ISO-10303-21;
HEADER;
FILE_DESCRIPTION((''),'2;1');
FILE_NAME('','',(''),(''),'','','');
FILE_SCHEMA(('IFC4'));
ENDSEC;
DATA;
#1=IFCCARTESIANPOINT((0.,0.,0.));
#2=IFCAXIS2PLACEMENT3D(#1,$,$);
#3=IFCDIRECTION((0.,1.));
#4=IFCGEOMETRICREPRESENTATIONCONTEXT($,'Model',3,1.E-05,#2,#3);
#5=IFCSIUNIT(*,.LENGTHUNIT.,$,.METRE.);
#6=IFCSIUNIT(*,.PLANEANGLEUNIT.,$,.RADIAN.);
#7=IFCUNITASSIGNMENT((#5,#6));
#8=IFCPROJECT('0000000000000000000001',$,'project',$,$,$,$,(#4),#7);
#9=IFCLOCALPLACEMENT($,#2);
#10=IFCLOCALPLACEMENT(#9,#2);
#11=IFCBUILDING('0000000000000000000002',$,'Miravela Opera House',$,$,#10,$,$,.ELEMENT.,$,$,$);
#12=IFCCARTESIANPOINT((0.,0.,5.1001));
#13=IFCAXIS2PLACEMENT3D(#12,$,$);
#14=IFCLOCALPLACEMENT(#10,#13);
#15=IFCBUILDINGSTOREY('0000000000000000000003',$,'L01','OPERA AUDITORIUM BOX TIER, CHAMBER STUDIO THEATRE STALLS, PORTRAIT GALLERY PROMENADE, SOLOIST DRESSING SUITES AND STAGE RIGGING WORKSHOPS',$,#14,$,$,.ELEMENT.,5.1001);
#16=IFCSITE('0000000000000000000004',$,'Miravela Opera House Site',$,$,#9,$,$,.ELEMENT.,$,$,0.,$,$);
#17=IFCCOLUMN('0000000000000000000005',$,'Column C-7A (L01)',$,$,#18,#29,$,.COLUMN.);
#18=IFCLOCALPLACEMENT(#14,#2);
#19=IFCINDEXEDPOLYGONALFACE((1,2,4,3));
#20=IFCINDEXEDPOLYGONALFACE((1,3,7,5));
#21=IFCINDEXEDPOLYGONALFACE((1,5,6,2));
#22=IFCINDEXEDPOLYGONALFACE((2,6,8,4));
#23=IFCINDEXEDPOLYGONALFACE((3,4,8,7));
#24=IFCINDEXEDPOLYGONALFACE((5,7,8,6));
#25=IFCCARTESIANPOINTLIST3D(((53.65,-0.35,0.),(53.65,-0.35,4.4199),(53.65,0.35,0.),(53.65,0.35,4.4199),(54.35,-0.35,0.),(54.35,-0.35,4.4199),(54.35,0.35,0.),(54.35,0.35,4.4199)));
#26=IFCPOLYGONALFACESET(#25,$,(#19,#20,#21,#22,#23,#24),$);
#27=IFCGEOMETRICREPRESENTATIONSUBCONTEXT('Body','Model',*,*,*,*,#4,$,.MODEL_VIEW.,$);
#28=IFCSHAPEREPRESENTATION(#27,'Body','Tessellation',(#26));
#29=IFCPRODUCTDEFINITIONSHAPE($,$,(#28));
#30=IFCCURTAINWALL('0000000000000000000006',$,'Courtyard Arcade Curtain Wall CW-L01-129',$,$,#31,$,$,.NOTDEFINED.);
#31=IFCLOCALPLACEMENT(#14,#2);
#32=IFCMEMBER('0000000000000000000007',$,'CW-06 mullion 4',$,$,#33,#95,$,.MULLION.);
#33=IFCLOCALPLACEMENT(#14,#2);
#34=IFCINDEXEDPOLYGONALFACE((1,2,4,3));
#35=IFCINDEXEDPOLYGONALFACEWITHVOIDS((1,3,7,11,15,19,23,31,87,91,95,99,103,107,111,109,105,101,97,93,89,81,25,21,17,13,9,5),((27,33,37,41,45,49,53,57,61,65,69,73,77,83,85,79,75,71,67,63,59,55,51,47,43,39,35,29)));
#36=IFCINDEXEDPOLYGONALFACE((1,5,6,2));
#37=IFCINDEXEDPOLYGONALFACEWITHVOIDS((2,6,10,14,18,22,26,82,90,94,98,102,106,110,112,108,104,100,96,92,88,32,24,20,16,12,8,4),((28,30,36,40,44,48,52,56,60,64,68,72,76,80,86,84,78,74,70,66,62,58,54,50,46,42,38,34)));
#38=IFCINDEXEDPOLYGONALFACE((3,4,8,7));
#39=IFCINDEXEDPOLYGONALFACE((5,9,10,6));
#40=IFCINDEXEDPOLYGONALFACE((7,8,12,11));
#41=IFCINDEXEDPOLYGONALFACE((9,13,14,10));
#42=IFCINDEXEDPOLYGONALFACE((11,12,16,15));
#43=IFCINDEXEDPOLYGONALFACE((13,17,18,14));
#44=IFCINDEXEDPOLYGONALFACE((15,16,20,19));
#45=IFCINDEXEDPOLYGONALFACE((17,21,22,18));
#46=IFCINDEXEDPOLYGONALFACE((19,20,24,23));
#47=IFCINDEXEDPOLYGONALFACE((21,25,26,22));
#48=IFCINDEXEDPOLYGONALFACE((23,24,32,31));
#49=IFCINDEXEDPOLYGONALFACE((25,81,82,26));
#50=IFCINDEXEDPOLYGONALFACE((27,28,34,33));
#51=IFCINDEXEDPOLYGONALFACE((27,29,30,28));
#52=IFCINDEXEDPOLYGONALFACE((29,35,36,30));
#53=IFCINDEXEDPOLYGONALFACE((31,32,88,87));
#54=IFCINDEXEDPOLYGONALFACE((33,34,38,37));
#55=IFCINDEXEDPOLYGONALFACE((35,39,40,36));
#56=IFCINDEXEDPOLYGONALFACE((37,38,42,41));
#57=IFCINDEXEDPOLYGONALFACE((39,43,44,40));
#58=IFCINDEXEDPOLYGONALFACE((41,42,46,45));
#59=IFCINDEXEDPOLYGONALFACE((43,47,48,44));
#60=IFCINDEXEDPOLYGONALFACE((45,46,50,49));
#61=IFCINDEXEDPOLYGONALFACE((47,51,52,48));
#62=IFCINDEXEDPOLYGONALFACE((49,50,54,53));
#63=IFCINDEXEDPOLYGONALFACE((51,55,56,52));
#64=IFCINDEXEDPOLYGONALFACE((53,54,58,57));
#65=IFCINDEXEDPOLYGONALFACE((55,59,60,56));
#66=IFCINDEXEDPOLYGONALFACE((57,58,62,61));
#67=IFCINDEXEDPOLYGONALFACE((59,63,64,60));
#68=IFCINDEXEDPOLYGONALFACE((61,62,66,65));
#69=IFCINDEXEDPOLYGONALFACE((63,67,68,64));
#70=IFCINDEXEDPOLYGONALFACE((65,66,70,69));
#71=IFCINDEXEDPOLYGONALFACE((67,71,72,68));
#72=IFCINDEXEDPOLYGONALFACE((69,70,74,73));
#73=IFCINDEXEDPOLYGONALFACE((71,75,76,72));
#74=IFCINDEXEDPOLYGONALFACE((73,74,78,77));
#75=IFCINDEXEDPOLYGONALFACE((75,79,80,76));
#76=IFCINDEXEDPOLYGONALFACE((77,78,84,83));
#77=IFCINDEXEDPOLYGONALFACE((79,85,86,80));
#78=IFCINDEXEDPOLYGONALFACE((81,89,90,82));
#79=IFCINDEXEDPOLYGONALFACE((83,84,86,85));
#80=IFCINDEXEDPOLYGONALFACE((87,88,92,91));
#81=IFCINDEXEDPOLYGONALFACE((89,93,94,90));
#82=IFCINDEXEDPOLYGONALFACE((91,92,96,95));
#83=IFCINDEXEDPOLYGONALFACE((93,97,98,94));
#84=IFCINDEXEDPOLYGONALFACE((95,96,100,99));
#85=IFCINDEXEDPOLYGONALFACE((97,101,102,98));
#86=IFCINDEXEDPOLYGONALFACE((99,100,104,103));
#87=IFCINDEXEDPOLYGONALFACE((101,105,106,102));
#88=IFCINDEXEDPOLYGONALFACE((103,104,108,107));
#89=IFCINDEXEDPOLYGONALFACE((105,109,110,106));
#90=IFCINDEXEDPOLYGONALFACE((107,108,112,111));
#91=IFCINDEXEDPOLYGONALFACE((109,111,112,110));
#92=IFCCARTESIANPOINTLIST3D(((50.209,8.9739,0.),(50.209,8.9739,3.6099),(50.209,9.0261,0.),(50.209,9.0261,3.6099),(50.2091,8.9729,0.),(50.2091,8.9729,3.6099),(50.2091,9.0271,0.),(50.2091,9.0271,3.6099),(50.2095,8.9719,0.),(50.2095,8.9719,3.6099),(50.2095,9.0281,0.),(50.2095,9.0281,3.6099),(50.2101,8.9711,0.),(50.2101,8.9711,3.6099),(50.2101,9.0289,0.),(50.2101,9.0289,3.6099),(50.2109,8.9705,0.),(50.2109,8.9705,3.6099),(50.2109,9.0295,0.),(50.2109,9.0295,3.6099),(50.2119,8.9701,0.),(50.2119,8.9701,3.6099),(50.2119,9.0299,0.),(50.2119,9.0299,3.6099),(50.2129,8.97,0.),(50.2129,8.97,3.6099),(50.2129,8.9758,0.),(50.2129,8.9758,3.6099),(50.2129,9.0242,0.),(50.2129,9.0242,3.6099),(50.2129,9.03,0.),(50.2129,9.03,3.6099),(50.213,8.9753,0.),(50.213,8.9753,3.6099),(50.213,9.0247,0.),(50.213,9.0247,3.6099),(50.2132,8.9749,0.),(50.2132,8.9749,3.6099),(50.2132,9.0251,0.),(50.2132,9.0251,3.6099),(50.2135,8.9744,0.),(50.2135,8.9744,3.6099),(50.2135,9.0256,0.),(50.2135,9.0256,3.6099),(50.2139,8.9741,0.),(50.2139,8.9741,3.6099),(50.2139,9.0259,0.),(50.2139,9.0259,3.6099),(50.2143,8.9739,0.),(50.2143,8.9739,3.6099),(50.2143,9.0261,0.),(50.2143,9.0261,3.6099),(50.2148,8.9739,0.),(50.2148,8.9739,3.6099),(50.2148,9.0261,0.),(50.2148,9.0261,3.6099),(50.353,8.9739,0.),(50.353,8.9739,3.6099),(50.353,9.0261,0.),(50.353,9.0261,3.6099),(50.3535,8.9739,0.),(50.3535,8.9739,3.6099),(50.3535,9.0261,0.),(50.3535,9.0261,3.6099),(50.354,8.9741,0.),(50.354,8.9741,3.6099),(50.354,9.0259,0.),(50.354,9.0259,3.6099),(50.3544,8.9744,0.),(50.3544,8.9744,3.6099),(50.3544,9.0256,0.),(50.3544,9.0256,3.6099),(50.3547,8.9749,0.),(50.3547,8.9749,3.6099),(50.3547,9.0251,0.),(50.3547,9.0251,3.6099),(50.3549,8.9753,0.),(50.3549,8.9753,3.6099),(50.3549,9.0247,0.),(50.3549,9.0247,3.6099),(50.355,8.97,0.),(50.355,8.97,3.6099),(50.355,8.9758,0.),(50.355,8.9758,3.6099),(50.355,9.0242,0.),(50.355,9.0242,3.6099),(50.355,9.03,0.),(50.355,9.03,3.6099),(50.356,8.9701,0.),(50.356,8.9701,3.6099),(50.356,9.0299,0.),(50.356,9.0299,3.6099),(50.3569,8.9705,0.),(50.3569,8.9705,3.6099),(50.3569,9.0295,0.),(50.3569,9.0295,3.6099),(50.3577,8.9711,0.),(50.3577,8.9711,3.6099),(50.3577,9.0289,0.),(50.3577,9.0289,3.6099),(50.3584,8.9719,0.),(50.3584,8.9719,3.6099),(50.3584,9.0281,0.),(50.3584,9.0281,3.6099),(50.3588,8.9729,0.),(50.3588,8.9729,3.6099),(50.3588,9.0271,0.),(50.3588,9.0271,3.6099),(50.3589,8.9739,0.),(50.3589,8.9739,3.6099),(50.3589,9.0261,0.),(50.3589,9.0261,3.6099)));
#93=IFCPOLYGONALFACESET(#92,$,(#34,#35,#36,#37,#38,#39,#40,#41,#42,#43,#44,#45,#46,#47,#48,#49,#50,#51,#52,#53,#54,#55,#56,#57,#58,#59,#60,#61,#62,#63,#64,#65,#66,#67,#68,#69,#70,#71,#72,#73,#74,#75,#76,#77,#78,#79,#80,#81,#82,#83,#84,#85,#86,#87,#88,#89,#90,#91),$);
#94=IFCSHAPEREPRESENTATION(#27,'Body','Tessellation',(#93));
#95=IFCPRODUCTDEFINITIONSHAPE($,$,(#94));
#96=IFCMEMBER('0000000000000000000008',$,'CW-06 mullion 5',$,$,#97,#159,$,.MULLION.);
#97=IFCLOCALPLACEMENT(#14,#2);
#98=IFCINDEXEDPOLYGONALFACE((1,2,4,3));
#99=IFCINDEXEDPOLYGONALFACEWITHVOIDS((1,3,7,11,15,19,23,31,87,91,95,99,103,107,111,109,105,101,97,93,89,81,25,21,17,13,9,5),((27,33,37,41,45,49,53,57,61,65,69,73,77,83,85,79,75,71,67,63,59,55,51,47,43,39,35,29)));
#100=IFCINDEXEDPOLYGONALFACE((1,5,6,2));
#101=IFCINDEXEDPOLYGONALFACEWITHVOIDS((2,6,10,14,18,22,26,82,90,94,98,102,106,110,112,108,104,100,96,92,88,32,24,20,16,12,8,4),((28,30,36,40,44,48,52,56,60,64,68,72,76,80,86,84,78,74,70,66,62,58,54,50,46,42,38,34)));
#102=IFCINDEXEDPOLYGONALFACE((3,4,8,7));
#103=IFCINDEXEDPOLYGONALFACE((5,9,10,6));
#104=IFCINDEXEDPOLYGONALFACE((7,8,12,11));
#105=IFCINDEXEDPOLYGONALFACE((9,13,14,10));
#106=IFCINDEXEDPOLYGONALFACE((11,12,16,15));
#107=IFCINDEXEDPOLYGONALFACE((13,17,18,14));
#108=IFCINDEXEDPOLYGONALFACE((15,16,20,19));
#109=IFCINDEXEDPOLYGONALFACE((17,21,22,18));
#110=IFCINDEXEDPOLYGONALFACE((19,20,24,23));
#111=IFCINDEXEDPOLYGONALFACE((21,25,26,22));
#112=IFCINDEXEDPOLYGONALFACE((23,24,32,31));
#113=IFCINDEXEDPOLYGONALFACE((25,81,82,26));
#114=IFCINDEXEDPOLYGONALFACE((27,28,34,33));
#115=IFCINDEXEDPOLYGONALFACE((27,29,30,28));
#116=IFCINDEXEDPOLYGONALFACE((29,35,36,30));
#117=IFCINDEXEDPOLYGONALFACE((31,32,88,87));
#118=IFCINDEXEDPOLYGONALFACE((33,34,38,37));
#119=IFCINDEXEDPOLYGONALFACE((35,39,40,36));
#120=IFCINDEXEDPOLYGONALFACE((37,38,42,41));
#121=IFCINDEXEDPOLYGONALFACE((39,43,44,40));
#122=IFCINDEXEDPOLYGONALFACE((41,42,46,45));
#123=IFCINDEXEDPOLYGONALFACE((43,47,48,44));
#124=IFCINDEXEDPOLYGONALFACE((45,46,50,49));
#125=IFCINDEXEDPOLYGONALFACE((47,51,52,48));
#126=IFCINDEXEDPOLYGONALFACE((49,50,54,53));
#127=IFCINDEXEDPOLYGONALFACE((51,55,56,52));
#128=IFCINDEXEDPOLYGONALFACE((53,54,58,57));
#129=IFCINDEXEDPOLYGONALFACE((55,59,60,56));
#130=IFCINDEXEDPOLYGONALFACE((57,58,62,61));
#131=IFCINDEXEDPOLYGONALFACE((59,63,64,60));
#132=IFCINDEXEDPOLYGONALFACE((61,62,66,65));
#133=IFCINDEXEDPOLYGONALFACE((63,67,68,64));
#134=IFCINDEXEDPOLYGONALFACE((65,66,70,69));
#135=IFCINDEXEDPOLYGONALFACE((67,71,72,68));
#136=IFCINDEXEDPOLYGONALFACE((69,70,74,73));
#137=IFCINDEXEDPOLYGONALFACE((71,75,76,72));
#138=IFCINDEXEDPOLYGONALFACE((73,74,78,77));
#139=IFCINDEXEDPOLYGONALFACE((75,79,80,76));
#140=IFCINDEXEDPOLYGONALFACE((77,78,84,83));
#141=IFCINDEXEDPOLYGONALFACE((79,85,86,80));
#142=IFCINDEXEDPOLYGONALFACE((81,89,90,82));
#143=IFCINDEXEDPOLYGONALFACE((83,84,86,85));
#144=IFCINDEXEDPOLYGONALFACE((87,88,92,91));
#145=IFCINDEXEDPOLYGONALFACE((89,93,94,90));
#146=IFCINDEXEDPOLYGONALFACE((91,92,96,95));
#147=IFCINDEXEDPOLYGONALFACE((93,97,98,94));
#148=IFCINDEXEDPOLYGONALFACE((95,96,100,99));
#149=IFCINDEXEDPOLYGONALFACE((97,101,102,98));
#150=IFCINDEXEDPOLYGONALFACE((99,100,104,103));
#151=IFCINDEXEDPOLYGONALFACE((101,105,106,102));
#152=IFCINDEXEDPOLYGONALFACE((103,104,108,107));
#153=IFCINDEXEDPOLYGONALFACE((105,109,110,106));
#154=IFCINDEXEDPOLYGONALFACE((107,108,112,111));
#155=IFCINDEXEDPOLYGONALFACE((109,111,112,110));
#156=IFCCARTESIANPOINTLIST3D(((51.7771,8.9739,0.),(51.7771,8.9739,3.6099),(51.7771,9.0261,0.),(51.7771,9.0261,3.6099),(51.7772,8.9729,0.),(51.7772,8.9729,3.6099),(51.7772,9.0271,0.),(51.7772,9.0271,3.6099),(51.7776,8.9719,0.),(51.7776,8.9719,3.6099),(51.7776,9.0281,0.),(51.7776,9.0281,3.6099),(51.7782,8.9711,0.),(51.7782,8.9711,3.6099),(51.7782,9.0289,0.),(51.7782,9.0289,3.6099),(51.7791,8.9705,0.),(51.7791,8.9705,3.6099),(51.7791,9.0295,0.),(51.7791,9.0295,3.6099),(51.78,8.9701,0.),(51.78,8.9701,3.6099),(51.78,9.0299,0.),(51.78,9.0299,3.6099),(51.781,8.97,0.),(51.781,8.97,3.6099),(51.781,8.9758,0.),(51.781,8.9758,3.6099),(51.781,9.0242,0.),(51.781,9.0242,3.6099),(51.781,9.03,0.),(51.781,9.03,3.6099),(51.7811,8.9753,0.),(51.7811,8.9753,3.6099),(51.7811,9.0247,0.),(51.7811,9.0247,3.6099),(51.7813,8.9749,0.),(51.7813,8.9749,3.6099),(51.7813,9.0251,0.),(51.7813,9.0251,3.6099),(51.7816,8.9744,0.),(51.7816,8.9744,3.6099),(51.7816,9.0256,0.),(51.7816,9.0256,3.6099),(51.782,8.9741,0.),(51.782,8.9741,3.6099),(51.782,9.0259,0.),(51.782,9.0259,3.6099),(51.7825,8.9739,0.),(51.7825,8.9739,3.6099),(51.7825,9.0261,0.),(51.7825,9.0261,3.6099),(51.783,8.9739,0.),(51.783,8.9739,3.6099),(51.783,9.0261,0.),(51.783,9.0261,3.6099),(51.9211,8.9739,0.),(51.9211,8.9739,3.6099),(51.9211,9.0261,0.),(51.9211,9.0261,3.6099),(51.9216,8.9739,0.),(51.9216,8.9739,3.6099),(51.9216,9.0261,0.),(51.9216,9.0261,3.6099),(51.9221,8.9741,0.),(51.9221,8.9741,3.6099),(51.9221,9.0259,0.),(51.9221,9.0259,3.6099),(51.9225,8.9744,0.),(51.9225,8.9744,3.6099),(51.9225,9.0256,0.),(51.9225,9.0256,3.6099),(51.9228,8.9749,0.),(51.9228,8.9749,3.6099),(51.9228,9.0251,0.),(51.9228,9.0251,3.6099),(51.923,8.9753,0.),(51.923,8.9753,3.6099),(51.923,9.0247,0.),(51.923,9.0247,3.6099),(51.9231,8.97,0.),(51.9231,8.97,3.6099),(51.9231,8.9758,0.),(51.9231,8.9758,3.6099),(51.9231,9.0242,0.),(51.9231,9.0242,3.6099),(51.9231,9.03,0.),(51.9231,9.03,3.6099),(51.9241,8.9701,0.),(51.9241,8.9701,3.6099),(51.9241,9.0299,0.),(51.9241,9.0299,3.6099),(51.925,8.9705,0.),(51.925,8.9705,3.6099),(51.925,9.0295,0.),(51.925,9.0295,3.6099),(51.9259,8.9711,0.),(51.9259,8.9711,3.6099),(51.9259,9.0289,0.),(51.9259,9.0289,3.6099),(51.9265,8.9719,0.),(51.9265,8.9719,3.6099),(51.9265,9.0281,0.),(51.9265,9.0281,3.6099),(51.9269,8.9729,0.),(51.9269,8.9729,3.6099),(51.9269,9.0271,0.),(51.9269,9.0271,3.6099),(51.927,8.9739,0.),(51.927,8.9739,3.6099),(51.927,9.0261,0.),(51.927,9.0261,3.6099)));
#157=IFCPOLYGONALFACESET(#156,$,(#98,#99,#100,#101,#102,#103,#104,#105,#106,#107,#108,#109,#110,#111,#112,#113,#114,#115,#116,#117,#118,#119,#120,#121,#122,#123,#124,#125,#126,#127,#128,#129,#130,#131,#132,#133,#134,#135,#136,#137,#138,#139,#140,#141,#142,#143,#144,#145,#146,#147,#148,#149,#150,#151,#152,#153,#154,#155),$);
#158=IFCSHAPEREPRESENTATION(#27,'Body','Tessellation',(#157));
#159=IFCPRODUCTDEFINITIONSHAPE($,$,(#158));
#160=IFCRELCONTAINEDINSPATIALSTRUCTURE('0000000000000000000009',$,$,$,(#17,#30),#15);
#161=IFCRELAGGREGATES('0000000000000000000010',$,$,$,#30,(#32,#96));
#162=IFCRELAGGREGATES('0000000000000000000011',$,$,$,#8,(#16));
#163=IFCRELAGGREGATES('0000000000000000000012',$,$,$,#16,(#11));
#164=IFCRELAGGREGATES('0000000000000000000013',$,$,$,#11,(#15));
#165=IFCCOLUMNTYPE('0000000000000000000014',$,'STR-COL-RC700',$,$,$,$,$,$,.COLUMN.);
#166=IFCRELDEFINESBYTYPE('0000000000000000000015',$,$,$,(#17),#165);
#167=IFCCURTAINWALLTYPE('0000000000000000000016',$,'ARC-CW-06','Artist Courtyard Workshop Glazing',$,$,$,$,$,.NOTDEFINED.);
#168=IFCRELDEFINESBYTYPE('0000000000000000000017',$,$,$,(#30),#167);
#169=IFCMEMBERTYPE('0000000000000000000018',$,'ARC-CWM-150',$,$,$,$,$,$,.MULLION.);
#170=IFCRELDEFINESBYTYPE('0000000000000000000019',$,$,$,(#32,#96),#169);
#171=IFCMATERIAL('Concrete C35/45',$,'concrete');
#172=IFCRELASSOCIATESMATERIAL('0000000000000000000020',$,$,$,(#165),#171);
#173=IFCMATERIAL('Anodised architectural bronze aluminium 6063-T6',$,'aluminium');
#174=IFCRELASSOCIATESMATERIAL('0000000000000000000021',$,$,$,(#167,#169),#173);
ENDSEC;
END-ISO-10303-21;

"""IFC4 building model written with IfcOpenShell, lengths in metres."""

from ifc_helpers import new_model, si_unit, direction, frame, origin, origin_2d, place, context, subcontext, project, spatial, rectangle, hollow_rectangle, extrude, material, material_profile, profile_set, type_object, element, aggregate, save


model = new_model("IFC4")

# Units and contexts
model_context = context("Model", 3, precision=1e-05, world=origin(), true_north=direction((0.0, 1.0)))
body_context = subcontext(model_context, "Body", "Model", "MODEL_VIEW")
ifc_project = project(units=[si_unit("LENGTHUNIT", "METRE"), si_unit("PLANEANGLEUNIT", "RADIAN")], contexts=[model_context])

# Site, building, storey
site_placement = place(None, origin())
site = spatial("IfcSite", under=ifc_project, at=site_placement, Name="Miravela Opera House Site", CompositionType="ELEMENT", RefElevation=0.0)
building_placement = place(site_placement, origin())
building = spatial("IfcBuilding", under=site, at=building_placement, Name="Miravela Opera House", CompositionType="ELEMENT")
storey_placement = place(building_placement, frame((0.0, 0.0, 5.1001)))
storey = spatial("IfcBuildingStorey", under=building, at=storey_placement, Name="L01", Description="OPERA AUDITORIUM BOX TIER, CHAMBER STUDIO THEATRE STALLS, PORTRAIT GALLERY PROMENADE, SOLOIST DRESSING SUITES AND STAGE RIGGING WORKSHOPS", CompositionType="ELEMENT", Elevation=5.1001)

# Column
ifc_material_1 = material(Name="Concrete C35/45", Category="concrete")
ifc_material_profile_1 = material_profile(ifc_material_1, rectangle(XDim=0.7, YDim=0.7, at=origin_2d()), Name="RC-COL-700X700")
ifc_profile_set_1 = profile_set([ifc_material_profile_1])
column_type = type_object("IfcColumnType", Name="STR-COL-RC700", PredefinedType="COLUMN", material=ifc_profile_set_1)
column_placement = place(storey_placement, frame((54.0, 0.0, 0.0), z_axis=(0.0, 0.0, 1.0), x_axis=(1.0, 0.0, 0.0)))
element("IfcColumn", 1, at=column_placement, inside=storey, type_object=column_type, Name="Column C-7A (L01)", PredefinedType="COLUMN", context=body_context, shape_type="SweptSolid", body=[
    extrude(rectangle(XDim=0.7, YDim=0.7, at=origin_2d()), origin(), (0.0, 0.0, 1.0), 4.4199),
])

# Curtain wall, members
ifc_material_2 = material(Name="Anodised architectural bronze aluminium 6063-T6", Category="aluminium")
curtain_wall_type = type_object("IfcCurtainWallType", Name="ARC-CW-06", Description="Artist Courtyard Workshop Glazing", PredefinedType="NOTDEFINED", material=ifc_material_2)
curtain_wall_placement = place(storey_placement, origin())
curtain_wall = element("IfcCurtainWall", 2, at=curtain_wall_placement, inside=storey, type_object=curtain_wall_type, Name="Courtyard Arcade Curtain Wall CW-L01-129", PredefinedType="NOTDEFINED")
ifc_material_profile_2 = material_profile(ifc_material_2, hollow_rectangle(XDim=0.0601, YDim=0.1499, WallThickness=0.0039, InnerFilletRadius=0.002, OuterFilletRadius=0.0039, at=origin_2d()), Name="CWM-60X150")
ifc_profile_set_2 = profile_set([ifc_material_profile_2])
member_type_1 = type_object("IfcMemberType", Name="ARC-CWM-150", PredefinedType="MULLION", material=ifc_profile_set_2)
member_1_placement = place(storey_placement, frame((50.2839, 9.0, 0.0), z_axis=(0.0, 0.0, 1.0), x_axis=(0.0, 1.0, 0.0)))
member_1 = element("IfcMember", 3, at=member_1_placement, type_object=member_type_1, Name="CW-06 mullion 4", PredefinedType="MULLION", context=body_context, shape_type="SweptSolid", body=[
    extrude(hollow_rectangle(XDim=0.0601, YDim=0.1499, WallThickness=0.0039, InnerFilletRadius=0.002, OuterFilletRadius=0.0039, at=origin_2d()), origin(), (0.0, 0.0, 1.0), 3.6099),
])
member_2_placement = place(storey_placement, frame((51.8521, 9.0, 0.0), z_axis=(0.0, 0.0, 1.0), x_axis=(0.0, 1.0, 0.0)))
member_2 = element("IfcMember", 4, at=member_2_placement, type_object=member_type_1, Name="CW-06 mullion 5", PredefinedType="MULLION", context=body_context, shape_type="SweptSolid", body=[
    extrude(hollow_rectangle(XDim=0.0601, YDim=0.1499, WallThickness=0.0039, InnerFilletRadius=0.002, OuterFilletRadius=0.0039, at=origin_2d()), origin(), (0.0, 0.0, 1.0), 3.6099),
])

aggregate(curtain_wall, [member_1, member_2])

save(model, "model.ifc")
